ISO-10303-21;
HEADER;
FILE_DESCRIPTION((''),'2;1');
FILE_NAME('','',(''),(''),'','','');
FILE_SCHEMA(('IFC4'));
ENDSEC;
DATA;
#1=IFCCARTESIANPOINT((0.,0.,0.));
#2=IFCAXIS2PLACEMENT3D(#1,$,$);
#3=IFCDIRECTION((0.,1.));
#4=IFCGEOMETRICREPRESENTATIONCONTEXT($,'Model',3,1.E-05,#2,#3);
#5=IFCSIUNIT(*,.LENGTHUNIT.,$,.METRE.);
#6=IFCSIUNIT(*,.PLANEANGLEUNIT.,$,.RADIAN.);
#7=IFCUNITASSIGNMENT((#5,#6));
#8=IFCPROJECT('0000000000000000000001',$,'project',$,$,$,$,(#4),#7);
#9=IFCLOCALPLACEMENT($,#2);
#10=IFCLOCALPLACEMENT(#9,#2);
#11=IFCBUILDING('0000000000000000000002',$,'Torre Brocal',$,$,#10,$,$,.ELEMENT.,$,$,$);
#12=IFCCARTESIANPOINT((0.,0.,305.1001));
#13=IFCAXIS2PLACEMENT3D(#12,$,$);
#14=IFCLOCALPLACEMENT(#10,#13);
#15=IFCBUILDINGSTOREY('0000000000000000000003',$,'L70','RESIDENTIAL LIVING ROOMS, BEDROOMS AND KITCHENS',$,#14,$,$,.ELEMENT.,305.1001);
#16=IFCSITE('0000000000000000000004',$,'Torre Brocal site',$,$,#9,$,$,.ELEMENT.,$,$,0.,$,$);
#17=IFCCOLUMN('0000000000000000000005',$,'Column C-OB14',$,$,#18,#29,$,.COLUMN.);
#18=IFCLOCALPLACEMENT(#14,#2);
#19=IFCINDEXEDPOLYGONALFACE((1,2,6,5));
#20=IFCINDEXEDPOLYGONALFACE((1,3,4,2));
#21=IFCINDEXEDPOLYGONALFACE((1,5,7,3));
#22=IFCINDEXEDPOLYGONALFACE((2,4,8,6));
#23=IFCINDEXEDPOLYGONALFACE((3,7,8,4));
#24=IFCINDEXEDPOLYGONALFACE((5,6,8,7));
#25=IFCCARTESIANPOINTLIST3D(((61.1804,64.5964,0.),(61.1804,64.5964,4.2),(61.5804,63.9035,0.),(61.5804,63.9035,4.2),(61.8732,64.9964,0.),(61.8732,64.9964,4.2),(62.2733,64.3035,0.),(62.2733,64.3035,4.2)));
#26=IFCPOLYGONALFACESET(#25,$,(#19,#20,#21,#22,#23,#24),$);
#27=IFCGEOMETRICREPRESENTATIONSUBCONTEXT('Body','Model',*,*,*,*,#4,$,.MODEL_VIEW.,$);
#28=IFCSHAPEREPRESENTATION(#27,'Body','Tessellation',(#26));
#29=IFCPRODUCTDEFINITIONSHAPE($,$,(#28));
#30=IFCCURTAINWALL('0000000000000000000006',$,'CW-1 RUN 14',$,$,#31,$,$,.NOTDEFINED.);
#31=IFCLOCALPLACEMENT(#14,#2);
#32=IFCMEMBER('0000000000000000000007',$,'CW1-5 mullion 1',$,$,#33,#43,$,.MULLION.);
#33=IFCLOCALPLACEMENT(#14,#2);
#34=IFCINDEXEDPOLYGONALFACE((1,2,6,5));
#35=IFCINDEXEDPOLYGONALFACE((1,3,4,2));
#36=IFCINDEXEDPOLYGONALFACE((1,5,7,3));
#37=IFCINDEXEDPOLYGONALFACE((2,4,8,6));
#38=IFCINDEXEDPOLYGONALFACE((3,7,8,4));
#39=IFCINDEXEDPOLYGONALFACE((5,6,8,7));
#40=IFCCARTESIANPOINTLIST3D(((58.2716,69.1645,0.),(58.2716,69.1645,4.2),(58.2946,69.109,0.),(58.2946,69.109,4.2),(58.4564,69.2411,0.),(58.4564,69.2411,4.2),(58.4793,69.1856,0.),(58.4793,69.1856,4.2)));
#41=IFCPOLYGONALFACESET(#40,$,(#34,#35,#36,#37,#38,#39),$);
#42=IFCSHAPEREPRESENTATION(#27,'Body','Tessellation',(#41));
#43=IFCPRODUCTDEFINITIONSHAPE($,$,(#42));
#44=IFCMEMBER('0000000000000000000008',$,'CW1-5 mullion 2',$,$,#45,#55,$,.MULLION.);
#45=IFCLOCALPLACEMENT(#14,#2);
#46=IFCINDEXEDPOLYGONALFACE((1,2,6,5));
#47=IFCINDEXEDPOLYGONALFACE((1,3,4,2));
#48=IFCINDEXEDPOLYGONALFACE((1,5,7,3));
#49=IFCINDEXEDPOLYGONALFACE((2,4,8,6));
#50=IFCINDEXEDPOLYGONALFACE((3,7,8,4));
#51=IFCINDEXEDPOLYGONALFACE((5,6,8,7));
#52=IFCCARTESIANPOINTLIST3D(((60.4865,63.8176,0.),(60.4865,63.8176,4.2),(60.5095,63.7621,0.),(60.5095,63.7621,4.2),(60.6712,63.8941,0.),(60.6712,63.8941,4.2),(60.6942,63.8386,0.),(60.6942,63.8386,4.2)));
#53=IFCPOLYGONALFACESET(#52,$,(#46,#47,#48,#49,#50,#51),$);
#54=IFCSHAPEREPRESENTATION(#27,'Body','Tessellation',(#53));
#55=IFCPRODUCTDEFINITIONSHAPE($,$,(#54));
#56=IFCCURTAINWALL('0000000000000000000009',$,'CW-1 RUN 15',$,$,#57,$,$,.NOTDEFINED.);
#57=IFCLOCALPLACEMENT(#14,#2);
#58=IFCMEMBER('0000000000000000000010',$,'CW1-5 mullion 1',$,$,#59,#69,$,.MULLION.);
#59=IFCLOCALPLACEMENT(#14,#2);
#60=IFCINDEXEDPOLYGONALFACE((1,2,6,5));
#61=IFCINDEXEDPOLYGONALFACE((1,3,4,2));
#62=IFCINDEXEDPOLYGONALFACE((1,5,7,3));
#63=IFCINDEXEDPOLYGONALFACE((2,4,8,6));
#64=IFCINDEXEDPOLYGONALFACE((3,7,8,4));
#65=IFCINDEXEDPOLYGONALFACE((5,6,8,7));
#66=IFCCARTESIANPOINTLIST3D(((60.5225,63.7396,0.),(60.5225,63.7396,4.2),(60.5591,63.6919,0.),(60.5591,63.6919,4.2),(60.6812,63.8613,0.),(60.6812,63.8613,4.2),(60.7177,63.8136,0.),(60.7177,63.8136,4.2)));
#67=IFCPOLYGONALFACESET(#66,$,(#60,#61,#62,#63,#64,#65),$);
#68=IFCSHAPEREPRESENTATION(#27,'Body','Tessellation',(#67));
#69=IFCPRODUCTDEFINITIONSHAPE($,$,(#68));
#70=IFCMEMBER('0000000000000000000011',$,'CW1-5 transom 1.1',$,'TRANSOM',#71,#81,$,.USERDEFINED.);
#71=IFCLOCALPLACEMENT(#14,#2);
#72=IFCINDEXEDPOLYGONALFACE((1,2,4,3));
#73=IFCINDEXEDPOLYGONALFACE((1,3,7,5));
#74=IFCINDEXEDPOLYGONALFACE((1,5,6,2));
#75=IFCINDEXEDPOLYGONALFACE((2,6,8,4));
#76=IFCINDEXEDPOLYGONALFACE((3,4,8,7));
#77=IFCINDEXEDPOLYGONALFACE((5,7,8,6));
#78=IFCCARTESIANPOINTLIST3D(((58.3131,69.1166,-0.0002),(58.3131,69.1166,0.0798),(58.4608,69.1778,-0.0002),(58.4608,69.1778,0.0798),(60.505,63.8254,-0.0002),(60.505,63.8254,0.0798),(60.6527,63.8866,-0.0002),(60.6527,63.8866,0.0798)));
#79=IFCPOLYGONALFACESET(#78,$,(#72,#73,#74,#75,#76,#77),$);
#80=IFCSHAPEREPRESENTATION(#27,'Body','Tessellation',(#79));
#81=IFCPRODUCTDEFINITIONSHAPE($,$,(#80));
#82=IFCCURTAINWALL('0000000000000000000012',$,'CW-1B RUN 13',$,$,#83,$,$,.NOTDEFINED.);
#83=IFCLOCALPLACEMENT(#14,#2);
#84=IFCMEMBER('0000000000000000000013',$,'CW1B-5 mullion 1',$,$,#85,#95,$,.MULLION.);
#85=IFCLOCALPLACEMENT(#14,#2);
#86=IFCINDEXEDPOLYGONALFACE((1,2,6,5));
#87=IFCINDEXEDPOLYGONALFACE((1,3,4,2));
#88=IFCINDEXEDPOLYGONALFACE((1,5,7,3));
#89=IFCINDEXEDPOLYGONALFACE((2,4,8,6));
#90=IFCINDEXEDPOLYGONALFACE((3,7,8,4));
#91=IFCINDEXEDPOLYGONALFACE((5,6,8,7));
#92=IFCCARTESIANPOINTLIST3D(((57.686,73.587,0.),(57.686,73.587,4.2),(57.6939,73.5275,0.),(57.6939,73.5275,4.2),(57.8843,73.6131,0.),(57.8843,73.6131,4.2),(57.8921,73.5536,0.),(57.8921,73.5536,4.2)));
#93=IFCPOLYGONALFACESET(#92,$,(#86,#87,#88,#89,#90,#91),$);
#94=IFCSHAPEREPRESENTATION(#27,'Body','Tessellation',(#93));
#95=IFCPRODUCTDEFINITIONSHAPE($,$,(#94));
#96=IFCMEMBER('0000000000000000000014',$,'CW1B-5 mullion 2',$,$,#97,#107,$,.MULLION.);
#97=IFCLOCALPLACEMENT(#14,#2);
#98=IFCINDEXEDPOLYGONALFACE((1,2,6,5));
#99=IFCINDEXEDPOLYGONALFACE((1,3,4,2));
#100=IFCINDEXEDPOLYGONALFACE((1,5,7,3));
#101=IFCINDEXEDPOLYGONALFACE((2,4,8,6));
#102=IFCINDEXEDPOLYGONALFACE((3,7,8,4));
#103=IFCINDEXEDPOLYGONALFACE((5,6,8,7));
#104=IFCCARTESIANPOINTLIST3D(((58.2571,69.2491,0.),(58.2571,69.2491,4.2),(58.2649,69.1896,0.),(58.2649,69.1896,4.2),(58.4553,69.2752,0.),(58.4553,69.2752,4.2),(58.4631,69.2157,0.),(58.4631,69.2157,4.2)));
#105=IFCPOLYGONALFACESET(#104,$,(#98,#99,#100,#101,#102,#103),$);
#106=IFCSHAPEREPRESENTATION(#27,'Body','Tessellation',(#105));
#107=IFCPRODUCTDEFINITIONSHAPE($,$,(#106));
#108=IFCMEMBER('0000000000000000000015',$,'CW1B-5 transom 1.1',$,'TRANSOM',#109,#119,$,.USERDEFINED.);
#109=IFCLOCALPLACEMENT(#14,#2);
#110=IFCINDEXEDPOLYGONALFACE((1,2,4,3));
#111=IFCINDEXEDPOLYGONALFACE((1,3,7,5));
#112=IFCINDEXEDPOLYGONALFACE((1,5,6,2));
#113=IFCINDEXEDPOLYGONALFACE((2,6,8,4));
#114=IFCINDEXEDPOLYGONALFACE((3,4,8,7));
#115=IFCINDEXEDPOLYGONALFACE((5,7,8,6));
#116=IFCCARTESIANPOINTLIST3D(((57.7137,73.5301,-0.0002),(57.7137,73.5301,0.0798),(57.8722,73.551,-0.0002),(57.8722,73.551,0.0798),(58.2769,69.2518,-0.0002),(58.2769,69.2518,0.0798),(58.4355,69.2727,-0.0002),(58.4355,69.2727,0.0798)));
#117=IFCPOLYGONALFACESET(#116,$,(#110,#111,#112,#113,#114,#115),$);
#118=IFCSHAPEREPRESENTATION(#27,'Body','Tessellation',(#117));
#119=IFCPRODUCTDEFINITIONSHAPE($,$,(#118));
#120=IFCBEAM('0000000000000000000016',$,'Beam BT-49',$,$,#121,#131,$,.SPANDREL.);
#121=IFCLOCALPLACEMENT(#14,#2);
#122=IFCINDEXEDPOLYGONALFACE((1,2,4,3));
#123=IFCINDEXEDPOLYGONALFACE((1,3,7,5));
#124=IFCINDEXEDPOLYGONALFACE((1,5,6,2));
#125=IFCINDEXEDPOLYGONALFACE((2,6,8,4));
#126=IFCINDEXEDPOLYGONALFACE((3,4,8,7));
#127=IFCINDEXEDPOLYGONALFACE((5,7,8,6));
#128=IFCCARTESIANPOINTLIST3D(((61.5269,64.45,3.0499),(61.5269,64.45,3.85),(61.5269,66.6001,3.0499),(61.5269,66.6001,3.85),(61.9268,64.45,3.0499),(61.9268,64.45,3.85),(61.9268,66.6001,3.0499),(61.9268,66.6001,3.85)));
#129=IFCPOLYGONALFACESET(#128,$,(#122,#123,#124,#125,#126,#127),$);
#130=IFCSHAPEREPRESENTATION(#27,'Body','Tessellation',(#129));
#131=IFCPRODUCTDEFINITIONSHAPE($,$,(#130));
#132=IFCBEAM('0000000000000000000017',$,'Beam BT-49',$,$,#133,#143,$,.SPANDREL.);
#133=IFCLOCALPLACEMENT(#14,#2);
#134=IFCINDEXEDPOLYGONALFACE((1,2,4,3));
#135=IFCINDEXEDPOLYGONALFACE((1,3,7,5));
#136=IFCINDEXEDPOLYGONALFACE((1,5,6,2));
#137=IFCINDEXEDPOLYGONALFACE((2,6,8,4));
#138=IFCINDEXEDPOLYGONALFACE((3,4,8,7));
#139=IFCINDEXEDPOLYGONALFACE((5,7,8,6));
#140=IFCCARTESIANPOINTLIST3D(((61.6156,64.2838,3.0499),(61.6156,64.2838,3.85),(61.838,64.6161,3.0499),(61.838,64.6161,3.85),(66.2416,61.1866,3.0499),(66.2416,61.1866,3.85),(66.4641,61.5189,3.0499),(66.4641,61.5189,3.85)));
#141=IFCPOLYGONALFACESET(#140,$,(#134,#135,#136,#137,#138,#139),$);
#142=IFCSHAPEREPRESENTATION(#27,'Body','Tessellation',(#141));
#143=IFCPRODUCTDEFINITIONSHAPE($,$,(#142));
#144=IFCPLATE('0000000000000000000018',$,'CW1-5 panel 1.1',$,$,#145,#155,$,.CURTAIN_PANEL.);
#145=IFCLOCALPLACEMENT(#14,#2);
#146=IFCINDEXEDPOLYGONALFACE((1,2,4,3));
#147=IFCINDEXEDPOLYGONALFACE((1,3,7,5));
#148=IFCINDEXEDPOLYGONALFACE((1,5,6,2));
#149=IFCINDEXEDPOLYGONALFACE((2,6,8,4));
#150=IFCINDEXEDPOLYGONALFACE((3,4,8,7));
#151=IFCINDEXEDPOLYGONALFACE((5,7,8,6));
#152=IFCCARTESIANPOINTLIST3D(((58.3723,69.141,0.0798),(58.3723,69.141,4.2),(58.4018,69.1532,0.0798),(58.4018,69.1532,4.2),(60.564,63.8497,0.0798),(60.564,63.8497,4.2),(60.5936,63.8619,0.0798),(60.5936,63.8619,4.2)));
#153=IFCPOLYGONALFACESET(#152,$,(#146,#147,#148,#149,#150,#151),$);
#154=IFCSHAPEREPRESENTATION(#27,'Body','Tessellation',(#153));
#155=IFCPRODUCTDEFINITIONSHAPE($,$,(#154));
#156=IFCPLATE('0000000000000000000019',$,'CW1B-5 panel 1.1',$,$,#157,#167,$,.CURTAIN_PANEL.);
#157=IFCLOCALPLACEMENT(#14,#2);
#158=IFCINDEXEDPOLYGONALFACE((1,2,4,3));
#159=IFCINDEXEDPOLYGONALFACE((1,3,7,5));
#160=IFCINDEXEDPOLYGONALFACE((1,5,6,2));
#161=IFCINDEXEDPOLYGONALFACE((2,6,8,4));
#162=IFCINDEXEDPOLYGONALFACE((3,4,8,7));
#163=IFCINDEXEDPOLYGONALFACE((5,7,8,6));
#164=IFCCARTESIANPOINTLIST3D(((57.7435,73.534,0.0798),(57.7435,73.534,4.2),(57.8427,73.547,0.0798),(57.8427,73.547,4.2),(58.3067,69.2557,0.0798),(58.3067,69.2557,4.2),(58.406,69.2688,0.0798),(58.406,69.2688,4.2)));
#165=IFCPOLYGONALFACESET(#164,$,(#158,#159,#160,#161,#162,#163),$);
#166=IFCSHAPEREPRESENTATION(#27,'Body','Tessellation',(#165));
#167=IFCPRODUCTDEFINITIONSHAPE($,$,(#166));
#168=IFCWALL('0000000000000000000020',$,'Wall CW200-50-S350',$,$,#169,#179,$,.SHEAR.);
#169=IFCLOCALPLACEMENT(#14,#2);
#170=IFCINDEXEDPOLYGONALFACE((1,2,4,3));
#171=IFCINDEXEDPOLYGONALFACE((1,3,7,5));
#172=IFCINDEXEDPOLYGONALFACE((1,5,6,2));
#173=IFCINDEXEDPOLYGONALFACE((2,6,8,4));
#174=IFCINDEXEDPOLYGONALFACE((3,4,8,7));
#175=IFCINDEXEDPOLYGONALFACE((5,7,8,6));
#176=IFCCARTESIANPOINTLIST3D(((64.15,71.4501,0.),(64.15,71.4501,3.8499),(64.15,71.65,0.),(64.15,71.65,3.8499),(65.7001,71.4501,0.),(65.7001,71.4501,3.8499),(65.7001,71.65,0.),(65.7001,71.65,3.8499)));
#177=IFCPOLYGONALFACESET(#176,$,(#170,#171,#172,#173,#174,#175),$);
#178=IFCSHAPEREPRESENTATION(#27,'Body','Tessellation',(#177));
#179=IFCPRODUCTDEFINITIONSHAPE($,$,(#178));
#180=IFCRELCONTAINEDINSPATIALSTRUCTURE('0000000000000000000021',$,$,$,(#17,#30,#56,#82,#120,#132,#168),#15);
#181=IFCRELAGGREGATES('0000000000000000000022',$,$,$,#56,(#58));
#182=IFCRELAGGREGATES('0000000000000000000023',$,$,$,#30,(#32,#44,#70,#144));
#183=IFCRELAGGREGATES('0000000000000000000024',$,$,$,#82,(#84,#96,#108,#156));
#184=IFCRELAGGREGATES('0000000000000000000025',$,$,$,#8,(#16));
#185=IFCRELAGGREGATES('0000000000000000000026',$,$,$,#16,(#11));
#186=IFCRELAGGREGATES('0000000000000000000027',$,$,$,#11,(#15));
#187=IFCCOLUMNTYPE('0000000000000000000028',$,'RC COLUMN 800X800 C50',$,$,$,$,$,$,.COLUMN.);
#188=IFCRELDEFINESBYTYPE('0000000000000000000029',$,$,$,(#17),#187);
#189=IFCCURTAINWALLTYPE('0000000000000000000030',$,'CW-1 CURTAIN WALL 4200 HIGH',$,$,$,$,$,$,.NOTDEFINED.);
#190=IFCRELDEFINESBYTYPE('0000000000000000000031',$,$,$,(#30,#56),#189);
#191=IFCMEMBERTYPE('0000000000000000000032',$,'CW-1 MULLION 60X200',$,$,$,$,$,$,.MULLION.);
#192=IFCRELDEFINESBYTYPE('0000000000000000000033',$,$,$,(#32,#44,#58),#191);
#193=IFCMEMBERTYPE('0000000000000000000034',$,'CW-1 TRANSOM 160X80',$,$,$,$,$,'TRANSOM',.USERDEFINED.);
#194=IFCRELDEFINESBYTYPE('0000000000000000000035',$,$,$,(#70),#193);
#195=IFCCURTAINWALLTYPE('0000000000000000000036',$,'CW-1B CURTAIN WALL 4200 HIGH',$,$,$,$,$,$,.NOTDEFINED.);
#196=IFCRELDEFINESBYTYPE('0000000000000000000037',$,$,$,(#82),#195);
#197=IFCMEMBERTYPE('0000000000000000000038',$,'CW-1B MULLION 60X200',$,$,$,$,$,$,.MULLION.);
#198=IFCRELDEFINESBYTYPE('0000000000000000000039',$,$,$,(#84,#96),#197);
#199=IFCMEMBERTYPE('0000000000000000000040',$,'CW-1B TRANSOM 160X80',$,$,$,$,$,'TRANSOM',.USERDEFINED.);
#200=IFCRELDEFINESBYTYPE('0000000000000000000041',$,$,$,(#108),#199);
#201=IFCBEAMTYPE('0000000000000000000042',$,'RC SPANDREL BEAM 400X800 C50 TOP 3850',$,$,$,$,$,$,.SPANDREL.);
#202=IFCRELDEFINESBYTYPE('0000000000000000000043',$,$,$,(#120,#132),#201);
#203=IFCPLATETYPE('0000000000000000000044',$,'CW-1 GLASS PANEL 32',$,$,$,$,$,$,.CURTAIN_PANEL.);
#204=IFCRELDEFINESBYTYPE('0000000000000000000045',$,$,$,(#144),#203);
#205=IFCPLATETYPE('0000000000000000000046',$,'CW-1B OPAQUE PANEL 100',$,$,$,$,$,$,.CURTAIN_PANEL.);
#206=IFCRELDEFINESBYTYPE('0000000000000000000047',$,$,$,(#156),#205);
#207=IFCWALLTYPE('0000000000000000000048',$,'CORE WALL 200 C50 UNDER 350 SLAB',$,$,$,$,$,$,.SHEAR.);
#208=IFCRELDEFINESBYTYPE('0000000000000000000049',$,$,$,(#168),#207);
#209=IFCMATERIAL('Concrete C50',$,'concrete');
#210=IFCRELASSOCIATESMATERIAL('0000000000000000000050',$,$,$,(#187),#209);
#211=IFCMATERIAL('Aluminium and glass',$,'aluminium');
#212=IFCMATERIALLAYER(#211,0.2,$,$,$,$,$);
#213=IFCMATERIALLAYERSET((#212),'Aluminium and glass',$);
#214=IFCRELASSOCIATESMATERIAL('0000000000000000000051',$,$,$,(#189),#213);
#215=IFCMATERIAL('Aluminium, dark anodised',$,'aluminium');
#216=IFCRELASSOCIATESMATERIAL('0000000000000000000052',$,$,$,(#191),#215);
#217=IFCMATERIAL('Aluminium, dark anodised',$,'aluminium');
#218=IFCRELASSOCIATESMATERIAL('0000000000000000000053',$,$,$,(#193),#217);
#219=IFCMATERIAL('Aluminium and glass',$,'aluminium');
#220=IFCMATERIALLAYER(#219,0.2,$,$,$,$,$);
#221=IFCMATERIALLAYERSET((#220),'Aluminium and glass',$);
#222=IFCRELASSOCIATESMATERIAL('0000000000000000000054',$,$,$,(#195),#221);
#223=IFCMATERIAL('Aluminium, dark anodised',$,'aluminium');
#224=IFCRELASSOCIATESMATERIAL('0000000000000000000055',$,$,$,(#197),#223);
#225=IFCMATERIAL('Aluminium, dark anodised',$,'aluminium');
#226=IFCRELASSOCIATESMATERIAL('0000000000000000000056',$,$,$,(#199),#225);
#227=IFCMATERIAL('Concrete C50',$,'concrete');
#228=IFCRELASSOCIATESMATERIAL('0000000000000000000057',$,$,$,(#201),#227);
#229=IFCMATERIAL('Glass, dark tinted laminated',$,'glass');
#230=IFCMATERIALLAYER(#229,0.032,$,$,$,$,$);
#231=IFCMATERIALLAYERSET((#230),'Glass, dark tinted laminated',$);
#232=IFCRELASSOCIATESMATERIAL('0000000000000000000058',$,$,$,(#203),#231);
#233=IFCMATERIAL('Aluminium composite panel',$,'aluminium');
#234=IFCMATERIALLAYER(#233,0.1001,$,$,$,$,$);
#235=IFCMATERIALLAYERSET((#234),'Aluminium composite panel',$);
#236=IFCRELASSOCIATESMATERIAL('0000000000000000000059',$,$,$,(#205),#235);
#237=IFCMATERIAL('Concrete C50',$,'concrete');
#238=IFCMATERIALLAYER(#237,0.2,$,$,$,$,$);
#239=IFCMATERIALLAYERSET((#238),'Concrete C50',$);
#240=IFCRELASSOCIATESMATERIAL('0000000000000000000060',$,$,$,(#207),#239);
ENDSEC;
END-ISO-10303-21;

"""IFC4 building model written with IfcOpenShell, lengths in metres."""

from ifc_helpers import new_model, si_unit, direction, frame, frame_2d, origin, origin_2d, place, context, subcontext, project, spatial, rectangle, extrude, material, layer, layer_set, material_profile, profile_set, type_object, element, aggregate, save


model = new_model("IFC4")

# Units and contexts
model_context = context("Model", 3, precision=1e-05, world=origin(), true_north=direction((0.0, 1.0)))
body_context = subcontext(model_context, "Body", "Model", "MODEL_VIEW")
ifc_project = project(units=[si_unit("LENGTHUNIT", "METRE"), si_unit("PLANEANGLEUNIT", "RADIAN")], contexts=[model_context])

# Site, building, storey
site_placement = place(None, origin())
site = spatial("IfcSite", under=ifc_project, at=site_placement, Name="Torre Brocal site", CompositionType="ELEMENT", RefElevation=0.0)
building_placement = place(site_placement, origin())
building = spatial("IfcBuilding", under=site, at=building_placement, Name="Torre Brocal", CompositionType="ELEMENT")
storey_placement = place(building_placement, frame((0.0, 0.0, 305.1001)))
storey = spatial("IfcBuildingStorey", under=building, at=storey_placement, Name="L70", Description="RESIDENTIAL LIVING ROOMS, BEDROOMS AND KITCHENS", CompositionType="ELEMENT", Elevation=305.1001)

# Column
ifc_material_1 = material(Name="Concrete C50", Category="concrete")
ifc_material_profile_1 = material_profile(ifc_material_1, rectangle(XDim=0.8, YDim=0.8, at=origin_2d()), Name="RC 800X800")
ifc_profile_set_1 = profile_set([ifc_material_profile_1], Name="Concrete C50")
column_type = type_object("IfcColumnType", Name="RC COLUMN 800X800 C50", PredefinedType="COLUMN", material=ifc_profile_set_1)
column_placement = place(storey_placement, frame((61.7268, 64.45, 0.0), z_axis=(0.0, 0.0, 1.0), x_axis=(-0.866025, -0.5, 0.0)))
element("IfcColumn", 1, at=column_placement, inside=storey, type_object=column_type, Name="Column C-OB14", PredefinedType="COLUMN", context=body_context, shape_type="SweptSolid", body=[
    extrude(rectangle(XDim=0.8, YDim=0.8, at=origin_2d()), origin(), (0.0, 0.0, 1.0), 4.2),
])

# Curtain wall, members
ifc_material_2 = material(Name="Aluminium and glass", Category="aluminium")
ifc_layer_1 = layer(ifc_material_2, 0.2)
ifc_layer_set_1 = layer_set([ifc_layer_1], Name="Aluminium and glass")
curtain_wall_type_1 = type_object("IfcCurtainWallType", Name="CW-1 CURTAIN WALL 4200 HIGH", PredefinedType="NOTDEFINED", material=ifc_layer_set_1)
curtain_wall_1_placement = place(storey_placement, origin())
curtain_wall_1 = element("IfcCurtainWall", 2, at=curtain_wall_1_placement, inside=storey, type_object=curtain_wall_type_1, Name="CW-1 RUN 14", PredefinedType="NOTDEFINED")
ifc_material_3 = material(Name="Aluminium, dark anodised", Category="aluminium")
ifc_material_profile_2 = material_profile(ifc_material_3, rectangle(XDim=0.2, YDim=0.0601, at=origin_2d()), Name="CW-1 MULLION 60X200")
ifc_profile_set_2 = profile_set([ifc_material_profile_2], Name="Aluminium, dark anodised")
member_type_1 = type_object("IfcMemberType", Name="CW-1 MULLION 60X200", PredefinedType="MULLION", material=ifc_profile_set_2)
member_1_placement = place(storey_placement, frame((58.3755, 69.175, 0.0), z_axis=(0.0, 0.0, 1.0), x_axis=(0.92388, 0.382683, 0.0)))
member_1 = element("IfcMember", 3, at=member_1_placement, type_object=member_type_1, Name="CW1-5 mullion 1", PredefinedType="MULLION", context=body_context, shape_type="SweptSolid", body=[
    extrude(rectangle(XDim=0.2, YDim=0.0601, at=origin_2d()), origin(), (0.0, 0.0, 1.0), 4.2),
])
member_2_placement = place(storey_placement, frame((60.5903, 63.8281, 0.0), z_axis=(0.0, 0.0, 1.0), x_axis=(0.92388, 0.382683, 0.0)))
member_2 = element("IfcMember", 4, at=member_2_placement, type_object=member_type_1, Name="CW1-5 mullion 2", PredefinedType="MULLION", context=body_context, shape_type="SweptSolid", body=[
    extrude(rectangle(XDim=0.2, YDim=0.0601, at=origin_2d()), origin(), (0.0, 0.0, 1.0), 4.2),
])

# Curtain wall, member
curtain_wall_2_placement = place(storey_placement, origin())
curtain_wall_2 = element("IfcCurtainWall", 5, at=curtain_wall_2_placement, inside=storey, type_object=curtain_wall_type_1, Name="CW-1 RUN 15", PredefinedType="NOTDEFINED")
member_3_placement = place(storey_placement, frame((60.6201, 63.7766, 0.0), z_axis=(0.0, 0.0, 1.0), x_axis=(0.793353, 0.608761, 0.0)))
member_3 = element("IfcMember", 6, at=member_3_placement, type_object=member_type_1, Name="CW1-5 mullion 1", PredefinedType="MULLION", context=body_context, shape_type="SweptSolid", body=[
    extrude(rectangle(XDim=0.2, YDim=0.0601, at=origin_2d()), origin(), (0.0, 0.0, 1.0), 4.2),
])
aggregate(curtain_wall_2, [member_3])

# Member
ifc_material_4 = material(Name="Aluminium, dark anodised", Category="aluminium")
ifc_material_profile_3 = material_profile(ifc_material_4, rectangle(XDim=0.1599, YDim=0.0801, at=origin_2d()), Name="CW-1 TRANSOM 160X80")
ifc_profile_set_3 = profile_set([ifc_material_profile_3], Name="Aluminium, dark anodised")
member_type_2 = type_object("IfcMemberType", Name="CW-1 TRANSOM 160X80", ElementType="TRANSOM", PredefinedType="USERDEFINED", material=ifc_profile_set_3)
member_4_placement = place(storey_placement, frame((58.387, 69.1472, 0.0398), z_axis=(0.382711, -0.923868, 0.0), x_axis=(0.923868, 0.382711, 0.0)))
member_4 = element("IfcMember", 7, at=member_4_placement, type_object=member_type_2, Name="CW1-5 transom 1.1", ObjectType="TRANSOM", PredefinedType="USERDEFINED", context=body_context, shape_type="SweptSolid", body=[
    extrude(rectangle(XDim=0.1599, YDim=0.0801, at=origin_2d()), origin(), (0.0, 0.0, 1.0), 5.7273),
])

# Curtain wall, members
ifc_material_5 = material(Name="Aluminium and glass", Category="aluminium")
ifc_layer_2 = layer(ifc_material_5, 0.2)
ifc_layer_set_2 = layer_set([ifc_layer_2], Name="Aluminium and glass")
curtain_wall_type_2 = type_object("IfcCurtainWallType", Name="CW-1B CURTAIN WALL 4200 HIGH", PredefinedType="NOTDEFINED", material=ifc_layer_set_2)
curtain_wall_3_placement = place(storey_placement, origin())
curtain_wall_3 = element("IfcCurtainWall", 8, at=curtain_wall_3_placement, inside=storey, type_object=curtain_wall_type_2, Name="CW-1B RUN 13", PredefinedType="NOTDEFINED")
ifc_material_6 = material(Name="Aluminium, dark anodised", Category="aluminium")
ifc_material_profile_4 = material_profile(ifc_material_6, rectangle(XDim=0.2, YDim=0.0601, at=origin_2d()), Name="CW-1B MULLION 60X200")
ifc_profile_set_4 = profile_set([ifc_material_profile_4], Name="Aluminium, dark anodised")
member_type_3 = type_object("IfcMemberType", Name="CW-1B MULLION 60X200", PredefinedType="MULLION", material=ifc_profile_set_4)
member_5_placement = place(storey_placement, frame((57.7891, 73.5703, 0.0), z_axis=(0.0, 0.0, 1.0), x_axis=(0.991445, 0.130526, 0.0)))
member_5 = element("IfcMember", 9, at=member_5_placement, type_object=member_type_3, Name="CW1B-5 mullion 1", PredefinedType="MULLION", context=body_context, shape_type="SweptSolid", body=[
    extrude(rectangle(XDim=0.2, YDim=0.0601, at=origin_2d()), origin(), (0.0, 0.0, 1.0), 4.2),
])
member_6_placement = place(storey_placement, frame((58.3601, 69.2324, 0.0), z_axis=(0.0, 0.0, 1.0), x_axis=(0.991445, 0.130526, 0.0)))
member_6 = element("IfcMember", 10, at=member_6_placement, type_object=member_type_3, Name="CW1B-5 mullion 2", PredefinedType="MULLION", context=body_context, shape_type="SweptSolid", body=[
    extrude(rectangle(XDim=0.2, YDim=0.0601, at=origin_2d()), origin(), (0.0, 0.0, 1.0), 4.2),
])
ifc_material_7 = material(Name="Aluminium, dark anodised", Category="aluminium")
ifc_material_profile_5 = material_profile(ifc_material_7, rectangle(XDim=0.1599, YDim=0.0801, at=origin_2d()), Name="CW-1B TRANSOM 160X80")
ifc_profile_set_5 = profile_set([ifc_material_profile_5], Name="Aluminium, dark anodised")
member_type_4 = type_object("IfcMemberType", Name="CW-1B TRANSOM 160X80", ElementType="TRANSOM", PredefinedType="USERDEFINED", material=ifc_profile_set_5)
member_7_placement = place(storey_placement, frame((57.793, 73.5405, 0.0398), z_axis=(0.130522, -0.991445, 0.0), x_axis=(0.991445, 0.130522, 0.0)))
member_7 = element("IfcMember", 11, at=member_7_placement, type_object=member_type_4, Name="CW1B-5 transom 1.1", ObjectType="TRANSOM", PredefinedType="USERDEFINED", context=body_context, shape_type="SweptSolid", body=[
    extrude(rectangle(XDim=0.1599, YDim=0.0801, at=origin_2d()), origin(), (0.0, 0.0, 1.0), 4.3152),
])

# Beams
ifc_material_8 = material(Name="Concrete C50", Category="concrete")
ifc_material_profile_6 = material_profile(ifc_material_8, rectangle(XDim=0.3999, YDim=0.8, at=origin_2d()), Name="RC 400X800")
ifc_profile_set_6 = profile_set([ifc_material_profile_6], Name="Concrete C50")
beam_type = type_object("IfcBeamType", Name="RC SPANDREL BEAM 400X800 C50 TOP 3850", PredefinedType="SPANDREL", material=ifc_profile_set_6)
beam_1_placement = place(storey_placement, frame((61.7268, 64.45, 3.45), z_axis=(0.0, 1.0, 0.0), x_axis=(-1.0, 0.0, 0.0)))
element("IfcBeam", 12, at=beam_1_placement, inside=storey, type_object=beam_type, Name="Beam BT-49", PredefinedType="SPANDREL", context=body_context, shape_type="SweptSolid", body=[
    extrude(rectangle(XDim=0.3999, YDim=0.8, at=origin_2d()), origin(), (0.0, 0.0, 1.0), 2.1501),
])
beam_2_placement = place(storey_placement, frame((61.7268, 64.45, 3.45), z_axis=(0.830956, -0.556339, 0.0), x_axis=(0.556339, 0.830956, 0.0)))
element("IfcBeam", 13, at=beam_2_placement, inside=storey, type_object=beam_type, Name="Beam BT-49", PredefinedType="SPANDREL", context=body_context, shape_type="SweptSolid", body=[
    extrude(rectangle(XDim=0.3999, YDim=0.8, at=origin_2d()), origin(), (0.0, 0.0, 1.0), 5.5671),
])

# Plates
ifc_material_9 = material(Name="Glass, dark tinted laminated", Category="glass")
ifc_layer_3 = layer(ifc_material_9, 0.032)
ifc_layer_set_3 = layer_set([ifc_layer_3], Name="Glass, dark tinted laminated")
plate_type_1 = type_object("IfcPlateType", Name="CW-1 GLASS PANEL 32", PredefinedType="CURTAIN_PANEL", material=ifc_layer_set_3)
plate_1_placement = place(storey_placement, frame((59.4829, 66.5015, 0.0798), z_axis=(0.0, 0.0, 1.0), x_axis=(0.382683, -0.92388, 0.0)))
plate_1 = element("IfcPlate", 14, at=plate_1_placement, type_object=plate_type_1, Name="CW1-5 panel 1.1", PredefinedType="CURTAIN_PANEL", context=body_context, shape_type="SweptSolid", body=[
    extrude(rectangle(XDim=5.7273, YDim=0.032, at=origin_2d()), origin(), (0.0, 0.0, 1.0), 4.1201),
])
aggregate(curtain_wall_1, [member_1, member_2, member_4, plate_1])
ifc_material_10 = material(Name="Aluminium composite panel", Category="aluminium")
ifc_layer_4 = layer(ifc_material_10, 0.1001)
ifc_layer_set_4 = layer_set([ifc_layer_4], Name="Aluminium composite panel")
plate_type_2 = type_object("IfcPlateType", Name="CW-1B OPAQUE PANEL 100", PredefinedType="CURTAIN_PANEL", material=ifc_layer_set_4)
plate_2_placement = place(storey_placement, frame((58.0747, 71.4014, 0.0798), z_axis=(0.0, 0.0, 1.0), x_axis=(0.130526, -0.991445, 0.0)))
plate_2 = element("IfcPlate", 15, at=plate_2_placement, type_object=plate_type_2, Name="CW1B-5 panel 1.1", PredefinedType="CURTAIN_PANEL", context=body_context, shape_type="SweptSolid", body=[
    extrude(rectangle(XDim=4.3152, YDim=0.1001, at=origin_2d()), origin(), (0.0, 0.0, 1.0), 4.1201),
])
aggregate(curtain_wall_3, [member_5, member_6, member_7, plate_2])

# Wall
ifc_material_11 = material(Name="Concrete C50", Category="concrete")
ifc_layer_5 = layer(ifc_material_11, 0.2)
ifc_layer_set_5 = layer_set([ifc_layer_5], Name="Concrete C50")
wall_type_1 = type_object("IfcWallType", Name="CORE WALL 200 C50 UNDER 350 SLAB", PredefinedType="SHEAR", material=ifc_layer_set_5)
wall_1_placement = place(storey_placement, frame((65.7, 71.55, 0.0), z_axis=(0.0, 0.0, 1.0), x_axis=(-1.0, 0.0, 0.0)))
element("IfcWall", 16, at=wall_1_placement, inside=storey, type_object=wall_type_1, Name="Wall CW200-50-S350", PredefinedType="SHEAR", context=body_context, shape_type="SweptSolid", body=[
    extrude(rectangle(XDim=1.55, YDim=0.2, at=frame_2d((0.7749, 0.0))), origin(), (0.0, 0.0, 1.0), 3.8499),
])

save(model, "model.ifc")
